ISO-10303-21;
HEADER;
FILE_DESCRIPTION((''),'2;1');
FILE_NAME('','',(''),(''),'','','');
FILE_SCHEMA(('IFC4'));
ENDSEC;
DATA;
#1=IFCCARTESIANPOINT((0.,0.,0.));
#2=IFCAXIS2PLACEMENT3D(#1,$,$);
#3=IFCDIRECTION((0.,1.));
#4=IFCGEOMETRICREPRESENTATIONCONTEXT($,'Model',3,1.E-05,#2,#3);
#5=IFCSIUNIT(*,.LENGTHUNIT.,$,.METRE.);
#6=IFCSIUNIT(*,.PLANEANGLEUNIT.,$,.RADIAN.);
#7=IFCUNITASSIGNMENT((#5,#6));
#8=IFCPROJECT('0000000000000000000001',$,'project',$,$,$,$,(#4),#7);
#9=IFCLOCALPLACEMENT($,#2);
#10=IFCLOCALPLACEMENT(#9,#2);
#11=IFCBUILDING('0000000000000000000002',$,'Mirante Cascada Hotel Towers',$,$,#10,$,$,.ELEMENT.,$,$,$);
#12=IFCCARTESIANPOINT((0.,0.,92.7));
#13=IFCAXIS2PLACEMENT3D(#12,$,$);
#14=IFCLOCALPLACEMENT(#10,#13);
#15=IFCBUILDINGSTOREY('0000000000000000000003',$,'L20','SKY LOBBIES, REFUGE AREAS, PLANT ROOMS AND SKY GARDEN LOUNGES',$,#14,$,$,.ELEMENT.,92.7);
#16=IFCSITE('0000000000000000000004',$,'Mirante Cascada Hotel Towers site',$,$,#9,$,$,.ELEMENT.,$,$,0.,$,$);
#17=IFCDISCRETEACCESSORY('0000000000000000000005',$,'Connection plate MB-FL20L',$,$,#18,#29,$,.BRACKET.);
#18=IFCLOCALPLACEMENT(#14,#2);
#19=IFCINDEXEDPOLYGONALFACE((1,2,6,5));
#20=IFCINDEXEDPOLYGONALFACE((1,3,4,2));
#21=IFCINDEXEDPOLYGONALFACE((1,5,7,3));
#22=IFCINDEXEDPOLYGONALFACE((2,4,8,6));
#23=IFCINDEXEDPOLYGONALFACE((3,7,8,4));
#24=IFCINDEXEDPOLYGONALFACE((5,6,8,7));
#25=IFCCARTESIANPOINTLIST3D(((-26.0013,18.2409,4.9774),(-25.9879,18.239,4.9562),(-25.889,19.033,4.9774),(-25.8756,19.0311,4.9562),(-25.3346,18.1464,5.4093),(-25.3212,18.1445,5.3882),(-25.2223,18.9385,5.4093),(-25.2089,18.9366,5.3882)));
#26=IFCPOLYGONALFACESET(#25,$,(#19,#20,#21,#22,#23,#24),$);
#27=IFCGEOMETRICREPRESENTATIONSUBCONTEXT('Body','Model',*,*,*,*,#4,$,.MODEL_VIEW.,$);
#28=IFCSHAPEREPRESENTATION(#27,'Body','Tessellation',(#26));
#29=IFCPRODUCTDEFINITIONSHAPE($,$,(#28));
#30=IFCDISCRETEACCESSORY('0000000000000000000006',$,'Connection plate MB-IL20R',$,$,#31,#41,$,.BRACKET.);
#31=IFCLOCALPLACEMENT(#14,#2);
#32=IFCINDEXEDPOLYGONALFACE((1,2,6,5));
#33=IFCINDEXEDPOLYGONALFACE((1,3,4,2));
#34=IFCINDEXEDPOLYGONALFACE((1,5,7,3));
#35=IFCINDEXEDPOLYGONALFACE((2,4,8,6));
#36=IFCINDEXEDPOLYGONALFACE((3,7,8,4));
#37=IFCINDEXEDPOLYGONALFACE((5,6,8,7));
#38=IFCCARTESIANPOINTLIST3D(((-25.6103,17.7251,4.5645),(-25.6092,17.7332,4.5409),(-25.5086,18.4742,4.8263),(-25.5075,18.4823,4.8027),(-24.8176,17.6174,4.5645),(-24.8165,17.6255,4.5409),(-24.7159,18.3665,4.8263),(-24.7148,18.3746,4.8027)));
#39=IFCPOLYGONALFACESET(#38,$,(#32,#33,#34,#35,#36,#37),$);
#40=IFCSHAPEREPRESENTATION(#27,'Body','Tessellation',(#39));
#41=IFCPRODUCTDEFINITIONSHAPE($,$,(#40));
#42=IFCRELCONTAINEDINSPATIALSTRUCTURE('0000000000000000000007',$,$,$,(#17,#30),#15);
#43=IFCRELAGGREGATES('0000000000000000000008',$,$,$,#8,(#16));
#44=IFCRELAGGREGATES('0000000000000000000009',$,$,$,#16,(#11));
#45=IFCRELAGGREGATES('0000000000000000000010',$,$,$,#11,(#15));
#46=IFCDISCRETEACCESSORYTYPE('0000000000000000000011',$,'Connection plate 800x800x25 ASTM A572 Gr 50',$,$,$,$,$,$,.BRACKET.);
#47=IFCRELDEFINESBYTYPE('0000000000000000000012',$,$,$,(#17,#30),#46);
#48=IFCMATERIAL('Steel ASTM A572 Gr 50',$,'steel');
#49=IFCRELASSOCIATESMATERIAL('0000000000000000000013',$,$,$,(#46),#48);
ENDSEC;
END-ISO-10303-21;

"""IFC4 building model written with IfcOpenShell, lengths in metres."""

from ifc_helpers import new_model, si_unit, direction, frame, origin, origin_2d, place, context, subcontext, project, spatial, rectangle, extrude, material, material_profile, profile_set, type_object, element, save


model = new_model("IFC4")

# Units and contexts
model_context = context("Model", 3, precision=1e-05, world=origin(), true_north=direction((0.0, 1.0)))
body_context = subcontext(model_context, "Body", "Model", "MODEL_VIEW")
ifc_project = project(units=[si_unit("LENGTHUNIT", "METRE"), si_unit("PLANEANGLEUNIT", "RADIAN")], contexts=[model_context])

# Site, building, storey
site_placement = place(None, origin())
site = spatial("IfcSite", under=ifc_project, at=site_placement, Name="Mirante Cascada Hotel Towers site", CompositionType="ELEMENT", RefElevation=0.0)
building_placement = place(site_placement, origin())
building = spatial("IfcBuilding", under=site, at=building_placement, Name="Mirante Cascada Hotel Towers", CompositionType="ELEMENT")
storey_placement = place(building_placement, frame((0.0, 0.0, 92.7)))
storey = spatial("IfcBuildingStorey", under=building, at=storey_placement, Name="L20", Description="SKY LOBBIES, REFUGE AREAS, PLANT ROOMS AND SKY GARDEN LOUNGES", CompositionType="ELEMENT", Elevation=92.7)

# Discrete accessories
ifc_material_1 = material(Name="Steel ASTM A572 Gr 50", Category="steel")
ifc_material_profile_1 = material_profile(ifc_material_1, rectangle(XDim=0.8, YDim=0.8, at=origin_2d()), Name="Connection plate 800x800x25 ASTM A572 Gr 50")
ifc_profile_set_1 = profile_set([ifc_material_profile_1], Name="Steel ASTM A572 Gr 50")
discrete_accessory_type_1 = type_object("IfcDiscreteAccessoryType", Name="Connection plate 800x800x25 ASTM A572 Gr 50", PredefinedType="BRACKET", material=ifc_profile_set_1)
discrete_accessory_1_placement = place(storey_placement, frame((-25.5984, 18.5878, 5.1722), z_axis=(-0.534556, 0.075795, 0.841727), x_axis=(-0.140387, -0.990097, 0.0)))
element("IfcDiscreteAccessory", 1, at=discrete_accessory_1_placement, inside=storey, type_object=discrete_accessory_type_1, Name="Connection plate MB-FL20L", PredefinedType="BRACKET", context=body_context, shape_type="SweptSolid", body=[
    extrude(rectangle(XDim=0.8, YDim=0.8, at=origin_2d()), origin(), (0.0, 0.0, 1.0), 0.0251),
])
discrete_accessory_2_placement = place(storey_placement, frame((-25.162, 18.0539, 4.6718), z_axis=(-0.044043, -0.324317, 0.944923), x_axis=(0.990904, -0.134567, 0.0)))
element("IfcDiscreteAccessory", 2, at=discrete_accessory_2_placement, inside=storey, type_object=discrete_accessory_type_1, Name="Connection plate MB-IL20R", PredefinedType="BRACKET", context=body_context, shape_type="SweptSolid", body=[
    extrude(rectangle(XDim=0.8, YDim=0.8, at=origin_2d()), origin(), (0.0, 0.0, 1.0), 0.025),
])

save(model, "model.ifc")
